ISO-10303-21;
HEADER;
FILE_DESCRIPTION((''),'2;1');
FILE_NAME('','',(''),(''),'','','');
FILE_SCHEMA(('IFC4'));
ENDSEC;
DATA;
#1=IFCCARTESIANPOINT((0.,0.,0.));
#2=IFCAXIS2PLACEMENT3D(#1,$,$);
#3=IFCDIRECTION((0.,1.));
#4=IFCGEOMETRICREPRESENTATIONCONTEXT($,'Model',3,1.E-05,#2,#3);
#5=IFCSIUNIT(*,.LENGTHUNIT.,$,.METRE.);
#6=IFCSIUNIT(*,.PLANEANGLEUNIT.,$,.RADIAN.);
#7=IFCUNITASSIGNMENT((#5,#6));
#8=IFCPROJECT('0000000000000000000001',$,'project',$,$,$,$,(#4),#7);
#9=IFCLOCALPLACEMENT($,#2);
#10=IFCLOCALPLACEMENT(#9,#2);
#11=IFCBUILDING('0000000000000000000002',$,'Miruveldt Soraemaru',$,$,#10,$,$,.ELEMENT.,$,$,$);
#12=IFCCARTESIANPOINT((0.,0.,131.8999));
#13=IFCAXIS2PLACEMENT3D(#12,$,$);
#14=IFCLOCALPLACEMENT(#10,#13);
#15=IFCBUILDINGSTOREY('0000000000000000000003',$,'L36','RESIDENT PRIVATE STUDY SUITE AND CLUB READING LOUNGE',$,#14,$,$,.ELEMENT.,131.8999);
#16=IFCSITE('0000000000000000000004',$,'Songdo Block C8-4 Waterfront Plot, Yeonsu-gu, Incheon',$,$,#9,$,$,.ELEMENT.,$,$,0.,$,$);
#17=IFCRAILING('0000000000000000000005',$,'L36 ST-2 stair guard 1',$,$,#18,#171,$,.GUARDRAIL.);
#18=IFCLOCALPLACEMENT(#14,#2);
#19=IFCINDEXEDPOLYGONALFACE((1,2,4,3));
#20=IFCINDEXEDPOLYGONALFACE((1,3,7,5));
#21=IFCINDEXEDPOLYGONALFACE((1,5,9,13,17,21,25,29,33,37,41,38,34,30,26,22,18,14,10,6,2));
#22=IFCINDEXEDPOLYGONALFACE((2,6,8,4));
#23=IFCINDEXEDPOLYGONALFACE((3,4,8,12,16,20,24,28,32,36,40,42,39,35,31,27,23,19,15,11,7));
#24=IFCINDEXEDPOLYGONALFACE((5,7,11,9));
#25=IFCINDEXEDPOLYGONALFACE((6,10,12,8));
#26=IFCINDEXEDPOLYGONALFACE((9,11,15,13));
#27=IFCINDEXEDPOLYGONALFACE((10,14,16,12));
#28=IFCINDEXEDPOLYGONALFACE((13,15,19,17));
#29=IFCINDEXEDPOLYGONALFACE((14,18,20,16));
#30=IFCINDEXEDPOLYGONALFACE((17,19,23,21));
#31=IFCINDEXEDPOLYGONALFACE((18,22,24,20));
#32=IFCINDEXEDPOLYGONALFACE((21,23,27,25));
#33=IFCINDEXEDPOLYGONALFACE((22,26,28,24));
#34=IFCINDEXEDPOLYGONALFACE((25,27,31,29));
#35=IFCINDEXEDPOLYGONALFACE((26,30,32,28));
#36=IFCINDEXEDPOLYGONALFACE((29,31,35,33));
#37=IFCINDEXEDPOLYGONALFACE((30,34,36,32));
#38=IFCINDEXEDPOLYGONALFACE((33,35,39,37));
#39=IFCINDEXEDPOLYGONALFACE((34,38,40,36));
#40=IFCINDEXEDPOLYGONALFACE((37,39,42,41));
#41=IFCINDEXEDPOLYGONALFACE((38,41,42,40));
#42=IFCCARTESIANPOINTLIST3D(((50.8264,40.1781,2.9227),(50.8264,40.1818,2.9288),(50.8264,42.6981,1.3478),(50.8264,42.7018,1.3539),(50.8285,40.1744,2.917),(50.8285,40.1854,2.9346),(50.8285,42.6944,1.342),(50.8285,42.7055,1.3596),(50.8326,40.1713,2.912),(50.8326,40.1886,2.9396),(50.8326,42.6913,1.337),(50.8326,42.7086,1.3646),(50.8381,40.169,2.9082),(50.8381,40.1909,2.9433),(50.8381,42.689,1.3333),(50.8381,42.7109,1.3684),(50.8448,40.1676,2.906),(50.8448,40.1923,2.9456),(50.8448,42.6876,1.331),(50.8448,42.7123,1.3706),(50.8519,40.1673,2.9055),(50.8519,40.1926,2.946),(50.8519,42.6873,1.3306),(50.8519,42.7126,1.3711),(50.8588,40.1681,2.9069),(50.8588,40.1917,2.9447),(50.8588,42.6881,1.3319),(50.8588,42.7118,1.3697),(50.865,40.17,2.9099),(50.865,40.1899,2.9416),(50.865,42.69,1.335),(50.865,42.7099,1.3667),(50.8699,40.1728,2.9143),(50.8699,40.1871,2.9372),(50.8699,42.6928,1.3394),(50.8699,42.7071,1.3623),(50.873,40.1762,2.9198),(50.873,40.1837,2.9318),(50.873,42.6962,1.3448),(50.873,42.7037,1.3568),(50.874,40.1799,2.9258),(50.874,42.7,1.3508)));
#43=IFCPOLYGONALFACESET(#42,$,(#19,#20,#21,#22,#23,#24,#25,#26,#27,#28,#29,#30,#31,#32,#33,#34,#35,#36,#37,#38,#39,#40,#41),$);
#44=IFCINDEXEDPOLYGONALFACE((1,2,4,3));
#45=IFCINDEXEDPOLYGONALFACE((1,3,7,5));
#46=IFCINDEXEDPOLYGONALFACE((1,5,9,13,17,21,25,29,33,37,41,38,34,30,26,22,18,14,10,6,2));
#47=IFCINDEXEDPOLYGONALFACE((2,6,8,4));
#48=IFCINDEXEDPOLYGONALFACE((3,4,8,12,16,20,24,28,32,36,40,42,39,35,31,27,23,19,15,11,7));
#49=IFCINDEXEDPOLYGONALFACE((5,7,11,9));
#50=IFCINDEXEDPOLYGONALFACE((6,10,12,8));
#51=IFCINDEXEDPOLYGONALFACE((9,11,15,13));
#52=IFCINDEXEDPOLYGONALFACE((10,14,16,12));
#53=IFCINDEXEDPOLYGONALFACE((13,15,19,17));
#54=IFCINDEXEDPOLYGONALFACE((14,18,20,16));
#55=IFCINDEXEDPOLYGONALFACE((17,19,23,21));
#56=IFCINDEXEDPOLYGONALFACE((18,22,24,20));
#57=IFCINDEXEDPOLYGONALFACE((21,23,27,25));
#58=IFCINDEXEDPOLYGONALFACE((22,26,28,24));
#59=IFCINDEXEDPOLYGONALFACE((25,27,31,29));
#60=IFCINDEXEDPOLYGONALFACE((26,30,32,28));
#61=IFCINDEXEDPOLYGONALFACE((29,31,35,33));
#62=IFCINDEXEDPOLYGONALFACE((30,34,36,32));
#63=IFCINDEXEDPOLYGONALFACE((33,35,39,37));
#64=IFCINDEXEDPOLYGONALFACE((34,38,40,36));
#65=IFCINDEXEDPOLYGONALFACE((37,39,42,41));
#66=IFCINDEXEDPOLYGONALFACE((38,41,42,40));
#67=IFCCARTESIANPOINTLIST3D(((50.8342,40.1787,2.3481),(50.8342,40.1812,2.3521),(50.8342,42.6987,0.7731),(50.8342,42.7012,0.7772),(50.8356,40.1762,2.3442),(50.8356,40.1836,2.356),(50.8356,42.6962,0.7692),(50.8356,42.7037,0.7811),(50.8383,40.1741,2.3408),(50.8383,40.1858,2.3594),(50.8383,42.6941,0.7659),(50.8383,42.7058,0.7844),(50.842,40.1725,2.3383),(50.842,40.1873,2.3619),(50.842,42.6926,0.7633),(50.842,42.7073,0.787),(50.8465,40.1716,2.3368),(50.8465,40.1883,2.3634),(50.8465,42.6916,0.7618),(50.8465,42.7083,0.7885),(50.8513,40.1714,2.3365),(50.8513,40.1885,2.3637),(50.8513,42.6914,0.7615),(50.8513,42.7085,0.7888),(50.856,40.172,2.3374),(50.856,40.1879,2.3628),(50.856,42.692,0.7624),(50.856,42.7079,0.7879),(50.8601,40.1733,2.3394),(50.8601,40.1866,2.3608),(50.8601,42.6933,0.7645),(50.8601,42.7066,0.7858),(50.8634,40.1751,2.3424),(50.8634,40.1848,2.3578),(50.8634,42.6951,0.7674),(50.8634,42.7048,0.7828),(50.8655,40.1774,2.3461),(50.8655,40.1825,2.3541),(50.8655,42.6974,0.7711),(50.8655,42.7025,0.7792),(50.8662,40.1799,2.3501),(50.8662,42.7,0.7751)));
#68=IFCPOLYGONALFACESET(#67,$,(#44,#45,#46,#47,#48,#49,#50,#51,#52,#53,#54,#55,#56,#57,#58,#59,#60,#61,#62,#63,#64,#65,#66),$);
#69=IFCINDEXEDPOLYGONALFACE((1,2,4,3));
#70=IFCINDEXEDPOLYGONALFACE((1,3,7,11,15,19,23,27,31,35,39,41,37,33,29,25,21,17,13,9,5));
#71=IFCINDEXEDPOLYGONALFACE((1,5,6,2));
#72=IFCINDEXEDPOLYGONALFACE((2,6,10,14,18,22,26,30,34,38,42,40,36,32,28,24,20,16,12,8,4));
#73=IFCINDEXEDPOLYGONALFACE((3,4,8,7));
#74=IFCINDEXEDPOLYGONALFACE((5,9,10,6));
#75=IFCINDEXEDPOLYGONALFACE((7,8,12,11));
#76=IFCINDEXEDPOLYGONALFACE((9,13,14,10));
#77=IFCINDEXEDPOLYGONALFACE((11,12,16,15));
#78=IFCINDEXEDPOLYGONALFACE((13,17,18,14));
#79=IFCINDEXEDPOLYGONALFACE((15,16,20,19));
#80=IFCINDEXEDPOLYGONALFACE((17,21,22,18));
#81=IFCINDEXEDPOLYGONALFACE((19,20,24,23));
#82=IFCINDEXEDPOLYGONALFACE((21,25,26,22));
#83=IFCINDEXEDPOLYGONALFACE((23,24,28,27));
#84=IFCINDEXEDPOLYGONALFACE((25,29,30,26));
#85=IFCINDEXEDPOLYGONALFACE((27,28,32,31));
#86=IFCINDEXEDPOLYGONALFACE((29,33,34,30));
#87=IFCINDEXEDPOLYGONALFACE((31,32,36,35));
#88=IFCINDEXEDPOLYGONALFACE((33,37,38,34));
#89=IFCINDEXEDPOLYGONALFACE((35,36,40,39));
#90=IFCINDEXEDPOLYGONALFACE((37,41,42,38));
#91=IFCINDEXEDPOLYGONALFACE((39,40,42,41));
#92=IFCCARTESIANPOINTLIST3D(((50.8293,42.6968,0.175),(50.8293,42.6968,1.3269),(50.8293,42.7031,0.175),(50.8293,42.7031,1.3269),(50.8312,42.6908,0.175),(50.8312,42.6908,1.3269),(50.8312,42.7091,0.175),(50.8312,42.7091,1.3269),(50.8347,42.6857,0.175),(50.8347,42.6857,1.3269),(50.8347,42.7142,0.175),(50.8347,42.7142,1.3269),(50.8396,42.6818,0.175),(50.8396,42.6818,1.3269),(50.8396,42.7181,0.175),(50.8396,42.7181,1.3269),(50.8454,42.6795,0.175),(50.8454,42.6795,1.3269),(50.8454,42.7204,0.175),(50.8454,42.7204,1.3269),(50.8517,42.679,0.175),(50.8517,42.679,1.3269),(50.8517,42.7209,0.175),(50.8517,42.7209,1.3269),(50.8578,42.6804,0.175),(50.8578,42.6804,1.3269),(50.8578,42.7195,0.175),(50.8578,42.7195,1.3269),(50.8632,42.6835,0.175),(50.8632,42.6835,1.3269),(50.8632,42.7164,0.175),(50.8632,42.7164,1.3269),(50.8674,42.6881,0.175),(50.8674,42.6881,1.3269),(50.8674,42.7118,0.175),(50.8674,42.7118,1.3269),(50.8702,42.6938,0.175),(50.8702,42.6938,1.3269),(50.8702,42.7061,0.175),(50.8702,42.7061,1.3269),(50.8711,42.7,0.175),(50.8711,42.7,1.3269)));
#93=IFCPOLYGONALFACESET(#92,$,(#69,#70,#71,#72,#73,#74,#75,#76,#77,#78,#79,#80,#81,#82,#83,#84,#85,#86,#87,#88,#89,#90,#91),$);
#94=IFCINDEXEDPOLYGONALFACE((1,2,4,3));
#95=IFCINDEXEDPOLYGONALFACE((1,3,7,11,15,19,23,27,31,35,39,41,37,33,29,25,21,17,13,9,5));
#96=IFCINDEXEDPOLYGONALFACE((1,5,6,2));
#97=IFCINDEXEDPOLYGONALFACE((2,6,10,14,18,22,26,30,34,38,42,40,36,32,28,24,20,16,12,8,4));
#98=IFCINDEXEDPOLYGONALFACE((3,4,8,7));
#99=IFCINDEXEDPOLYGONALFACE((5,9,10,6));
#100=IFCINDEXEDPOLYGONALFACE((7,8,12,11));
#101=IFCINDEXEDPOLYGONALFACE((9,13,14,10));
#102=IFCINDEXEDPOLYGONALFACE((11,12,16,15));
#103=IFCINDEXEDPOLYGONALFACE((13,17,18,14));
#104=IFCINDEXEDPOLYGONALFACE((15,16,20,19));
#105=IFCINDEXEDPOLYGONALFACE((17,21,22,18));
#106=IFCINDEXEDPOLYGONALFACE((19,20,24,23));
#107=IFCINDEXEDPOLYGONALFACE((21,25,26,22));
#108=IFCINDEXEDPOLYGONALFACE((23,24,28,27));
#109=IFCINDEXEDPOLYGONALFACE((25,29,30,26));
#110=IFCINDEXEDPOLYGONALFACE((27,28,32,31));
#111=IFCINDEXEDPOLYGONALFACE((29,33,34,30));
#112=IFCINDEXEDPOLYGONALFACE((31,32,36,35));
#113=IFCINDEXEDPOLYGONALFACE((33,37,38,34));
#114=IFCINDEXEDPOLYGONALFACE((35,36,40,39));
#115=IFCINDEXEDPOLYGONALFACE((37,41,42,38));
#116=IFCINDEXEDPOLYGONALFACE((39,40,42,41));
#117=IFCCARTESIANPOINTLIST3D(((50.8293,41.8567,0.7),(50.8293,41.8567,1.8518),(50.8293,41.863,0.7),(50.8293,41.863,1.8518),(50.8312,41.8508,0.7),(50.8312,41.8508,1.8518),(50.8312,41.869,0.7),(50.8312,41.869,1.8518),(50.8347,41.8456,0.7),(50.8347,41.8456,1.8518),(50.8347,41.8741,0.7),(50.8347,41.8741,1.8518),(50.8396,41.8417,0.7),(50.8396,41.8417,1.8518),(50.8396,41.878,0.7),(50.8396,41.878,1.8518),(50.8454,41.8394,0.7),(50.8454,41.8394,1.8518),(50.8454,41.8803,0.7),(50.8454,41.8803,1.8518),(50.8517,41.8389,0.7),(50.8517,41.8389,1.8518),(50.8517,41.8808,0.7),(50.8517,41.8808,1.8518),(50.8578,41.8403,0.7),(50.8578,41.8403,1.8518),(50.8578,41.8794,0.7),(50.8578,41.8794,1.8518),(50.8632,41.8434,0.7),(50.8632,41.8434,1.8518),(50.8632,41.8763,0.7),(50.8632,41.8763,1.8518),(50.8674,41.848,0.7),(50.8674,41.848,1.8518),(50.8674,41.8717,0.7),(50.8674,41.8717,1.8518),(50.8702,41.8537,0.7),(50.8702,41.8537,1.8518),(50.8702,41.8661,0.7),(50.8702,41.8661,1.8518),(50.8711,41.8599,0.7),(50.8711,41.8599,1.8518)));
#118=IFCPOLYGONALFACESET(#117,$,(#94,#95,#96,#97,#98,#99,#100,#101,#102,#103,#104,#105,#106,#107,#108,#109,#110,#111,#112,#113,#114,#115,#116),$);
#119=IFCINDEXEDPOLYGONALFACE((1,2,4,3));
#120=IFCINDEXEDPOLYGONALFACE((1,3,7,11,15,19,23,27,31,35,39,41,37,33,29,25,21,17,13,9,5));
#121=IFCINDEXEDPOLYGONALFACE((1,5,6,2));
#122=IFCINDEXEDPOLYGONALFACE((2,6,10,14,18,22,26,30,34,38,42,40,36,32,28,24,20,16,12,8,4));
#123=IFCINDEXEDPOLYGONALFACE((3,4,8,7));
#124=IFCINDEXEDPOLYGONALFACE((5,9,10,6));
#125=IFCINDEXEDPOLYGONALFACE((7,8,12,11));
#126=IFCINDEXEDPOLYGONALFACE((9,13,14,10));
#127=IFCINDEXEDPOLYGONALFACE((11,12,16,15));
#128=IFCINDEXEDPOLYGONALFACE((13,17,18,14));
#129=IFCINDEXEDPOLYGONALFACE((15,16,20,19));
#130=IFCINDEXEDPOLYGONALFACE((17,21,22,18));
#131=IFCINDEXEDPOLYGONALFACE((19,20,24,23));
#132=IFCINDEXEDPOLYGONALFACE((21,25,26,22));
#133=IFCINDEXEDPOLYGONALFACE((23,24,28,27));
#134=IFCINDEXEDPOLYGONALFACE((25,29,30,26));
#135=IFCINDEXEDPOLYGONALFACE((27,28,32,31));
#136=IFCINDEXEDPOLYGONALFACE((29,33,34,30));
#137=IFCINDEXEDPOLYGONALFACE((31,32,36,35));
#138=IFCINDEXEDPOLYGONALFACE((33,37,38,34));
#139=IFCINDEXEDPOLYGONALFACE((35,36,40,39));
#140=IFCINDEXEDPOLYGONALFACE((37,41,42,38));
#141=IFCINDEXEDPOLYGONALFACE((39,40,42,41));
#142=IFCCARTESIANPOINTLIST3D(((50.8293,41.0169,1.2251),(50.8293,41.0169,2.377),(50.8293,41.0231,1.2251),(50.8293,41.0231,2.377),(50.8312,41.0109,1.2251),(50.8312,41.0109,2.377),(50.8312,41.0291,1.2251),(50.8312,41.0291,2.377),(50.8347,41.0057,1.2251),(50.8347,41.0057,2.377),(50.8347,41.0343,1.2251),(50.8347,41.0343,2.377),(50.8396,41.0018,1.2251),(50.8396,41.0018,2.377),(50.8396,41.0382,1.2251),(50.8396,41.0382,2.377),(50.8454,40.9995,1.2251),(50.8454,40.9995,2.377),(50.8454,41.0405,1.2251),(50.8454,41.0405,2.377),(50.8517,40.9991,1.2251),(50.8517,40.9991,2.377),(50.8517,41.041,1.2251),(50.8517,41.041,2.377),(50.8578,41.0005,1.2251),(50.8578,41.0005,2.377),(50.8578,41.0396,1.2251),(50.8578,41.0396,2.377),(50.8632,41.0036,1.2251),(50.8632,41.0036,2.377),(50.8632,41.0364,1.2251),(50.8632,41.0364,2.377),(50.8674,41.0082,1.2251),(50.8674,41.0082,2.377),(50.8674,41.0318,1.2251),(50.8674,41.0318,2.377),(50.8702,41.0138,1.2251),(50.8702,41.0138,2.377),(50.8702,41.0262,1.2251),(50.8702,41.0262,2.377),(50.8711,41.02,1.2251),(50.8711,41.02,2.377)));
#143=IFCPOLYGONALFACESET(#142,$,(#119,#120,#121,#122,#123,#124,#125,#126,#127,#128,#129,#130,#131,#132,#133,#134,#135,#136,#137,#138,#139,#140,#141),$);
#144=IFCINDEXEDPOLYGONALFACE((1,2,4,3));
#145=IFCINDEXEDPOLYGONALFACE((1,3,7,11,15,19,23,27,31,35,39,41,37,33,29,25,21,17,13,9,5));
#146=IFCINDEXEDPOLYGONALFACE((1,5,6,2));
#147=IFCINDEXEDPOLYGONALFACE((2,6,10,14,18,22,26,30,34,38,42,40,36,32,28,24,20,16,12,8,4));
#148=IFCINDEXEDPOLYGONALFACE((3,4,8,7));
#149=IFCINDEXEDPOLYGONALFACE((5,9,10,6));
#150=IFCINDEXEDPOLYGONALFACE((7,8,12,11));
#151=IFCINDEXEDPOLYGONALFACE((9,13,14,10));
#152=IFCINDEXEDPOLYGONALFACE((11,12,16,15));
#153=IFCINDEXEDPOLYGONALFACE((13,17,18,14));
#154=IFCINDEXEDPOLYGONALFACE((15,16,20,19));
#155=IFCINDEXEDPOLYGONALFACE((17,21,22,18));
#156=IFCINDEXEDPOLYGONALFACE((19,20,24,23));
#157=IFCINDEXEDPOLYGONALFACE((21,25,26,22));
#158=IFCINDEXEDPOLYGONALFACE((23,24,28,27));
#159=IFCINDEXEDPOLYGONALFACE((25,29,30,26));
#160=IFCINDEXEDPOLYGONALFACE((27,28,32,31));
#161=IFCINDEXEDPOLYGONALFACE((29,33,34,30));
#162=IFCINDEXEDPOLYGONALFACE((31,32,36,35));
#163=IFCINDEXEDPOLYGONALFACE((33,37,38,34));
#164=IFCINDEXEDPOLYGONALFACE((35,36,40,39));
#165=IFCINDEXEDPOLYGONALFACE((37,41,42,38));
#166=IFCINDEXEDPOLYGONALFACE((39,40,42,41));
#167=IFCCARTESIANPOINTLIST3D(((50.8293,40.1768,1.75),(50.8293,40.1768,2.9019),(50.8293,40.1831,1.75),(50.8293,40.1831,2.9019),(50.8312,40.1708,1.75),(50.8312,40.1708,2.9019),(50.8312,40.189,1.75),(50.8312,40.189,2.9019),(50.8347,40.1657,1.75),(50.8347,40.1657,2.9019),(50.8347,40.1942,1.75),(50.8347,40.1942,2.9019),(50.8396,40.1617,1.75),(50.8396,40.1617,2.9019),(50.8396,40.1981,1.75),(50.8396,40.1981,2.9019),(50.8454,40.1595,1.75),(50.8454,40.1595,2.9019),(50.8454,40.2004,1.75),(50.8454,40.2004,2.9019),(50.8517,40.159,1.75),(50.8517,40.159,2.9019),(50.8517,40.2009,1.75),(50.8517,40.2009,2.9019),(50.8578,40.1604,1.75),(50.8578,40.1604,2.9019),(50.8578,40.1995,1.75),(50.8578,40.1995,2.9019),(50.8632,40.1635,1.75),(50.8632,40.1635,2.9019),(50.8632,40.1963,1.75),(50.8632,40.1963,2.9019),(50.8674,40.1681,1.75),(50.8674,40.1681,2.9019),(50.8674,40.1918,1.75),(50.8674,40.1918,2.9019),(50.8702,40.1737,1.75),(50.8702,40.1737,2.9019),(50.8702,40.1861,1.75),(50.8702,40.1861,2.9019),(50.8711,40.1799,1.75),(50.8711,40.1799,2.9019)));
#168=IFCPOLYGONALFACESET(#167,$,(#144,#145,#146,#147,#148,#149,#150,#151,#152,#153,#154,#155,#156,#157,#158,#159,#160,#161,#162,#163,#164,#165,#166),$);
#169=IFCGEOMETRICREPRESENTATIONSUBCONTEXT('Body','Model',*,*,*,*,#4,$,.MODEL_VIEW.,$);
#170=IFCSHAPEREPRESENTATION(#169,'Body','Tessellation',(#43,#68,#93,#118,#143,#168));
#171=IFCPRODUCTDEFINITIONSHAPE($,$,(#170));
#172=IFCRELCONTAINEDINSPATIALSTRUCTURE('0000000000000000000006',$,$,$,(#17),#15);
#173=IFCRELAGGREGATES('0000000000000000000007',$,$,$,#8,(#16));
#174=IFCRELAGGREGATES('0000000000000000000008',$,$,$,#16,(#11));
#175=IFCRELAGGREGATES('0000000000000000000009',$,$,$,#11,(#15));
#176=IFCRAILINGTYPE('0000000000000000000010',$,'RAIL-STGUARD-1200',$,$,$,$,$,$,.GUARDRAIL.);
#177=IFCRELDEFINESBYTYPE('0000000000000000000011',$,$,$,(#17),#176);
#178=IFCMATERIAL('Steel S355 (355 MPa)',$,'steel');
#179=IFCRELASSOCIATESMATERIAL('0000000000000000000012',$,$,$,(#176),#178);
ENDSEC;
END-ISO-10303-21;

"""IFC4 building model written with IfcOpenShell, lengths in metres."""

from ifc_helpers import new_model, si_unit, direction, frame, origin, origin_2d, place, context, subcontext, project, spatial, circle, extrude, material, type_object, element, save


model = new_model("IFC4")

# Units and contexts
model_context = context("Model", 3, precision=1e-05, world=origin(), true_north=direction((0.0, 1.0)))
body_context = subcontext(model_context, "Body", "Model", "MODEL_VIEW")
ifc_project = project(units=[si_unit("LENGTHUNIT", "METRE"), si_unit("PLANEANGLEUNIT", "RADIAN")], contexts=[model_context])

# Site, building, storey
site_placement = place(None, origin())
site = spatial("IfcSite", under=ifc_project, at=site_placement, Name="Songdo Block C8-4 Waterfront Plot, Yeonsu-gu, Incheon", CompositionType="ELEMENT", RefElevation=0.0)
building_placement = place(site_placement, origin())
building = spatial("IfcBuilding", under=site, at=building_placement, Name="Miruveldt Soraemaru", CompositionType="ELEMENT")
storey_placement = place(building_placement, frame((0.0, 0.0, 131.8999)))
storey = spatial("IfcBuildingStorey", under=building, at=storey_placement, Name="L36", Description="RESIDENT PRIVATE STUDY SUITE AND CLUB READING LOUNGE", CompositionType="ELEMENT", Elevation=131.8999)

# Railing
ifc_material_1 = material(Name="Steel S355 (355 MPa)", Category="steel")
railing_type_1 = type_object("IfcRailingType", Name="RAIL-STGUARD-1200", PredefinedType="GUARDRAIL", material=ifc_material_1)
railing_1_placement = place(storey_placement, frame((50.8501, 42.7, 0.175)))
element("IfcRailing", 1, at=railing_1_placement, inside=storey, type_object=railing_type_1, Name="L36 ST-2 stair guard 1", PredefinedType="GUARDRAIL", context=body_context, shape_type="SweptSolid", body=[
    extrude(circle(Radius=0.0239, at=origin_2d()), frame((0.0, 0.0, 1.1758), z_axis=(0.0, -0.848008, 0.529984), x_axis=(1.0, 0.0, 0.0)), (0.0, 0.0, 1.0), 2.9717),
    extrude(circle(Radius=0.0161, at=origin_2d()), frame((0.0, 0.0, 0.6001), z_axis=(0.0, -0.848008, 0.529984), x_axis=(1.0, 0.0, 0.0)), (0.0, 0.0, 1.0), 2.9717),
    extrude(circle(Radius=0.021, at=origin_2d()), origin(), (0.0, 0.0, 1.0), 1.1519),
    extrude(circle(Radius=0.021, at=origin_2d()), frame((0.0, -0.8401, 0.5249)), (0.0, 0.0, 1.0), 1.1519),
    extrude(circle(Radius=0.021, at=origin_2d()), frame((0.0, -1.6799, 1.05)), (0.0, 0.0, 1.0), 1.1519),
    extrude(circle(Radius=0.021, at=origin_2d()), frame((0.0, -2.52, 1.575)), (0.0, 0.0, 1.0), 1.1519),
])

save(model, "model.ifc")
